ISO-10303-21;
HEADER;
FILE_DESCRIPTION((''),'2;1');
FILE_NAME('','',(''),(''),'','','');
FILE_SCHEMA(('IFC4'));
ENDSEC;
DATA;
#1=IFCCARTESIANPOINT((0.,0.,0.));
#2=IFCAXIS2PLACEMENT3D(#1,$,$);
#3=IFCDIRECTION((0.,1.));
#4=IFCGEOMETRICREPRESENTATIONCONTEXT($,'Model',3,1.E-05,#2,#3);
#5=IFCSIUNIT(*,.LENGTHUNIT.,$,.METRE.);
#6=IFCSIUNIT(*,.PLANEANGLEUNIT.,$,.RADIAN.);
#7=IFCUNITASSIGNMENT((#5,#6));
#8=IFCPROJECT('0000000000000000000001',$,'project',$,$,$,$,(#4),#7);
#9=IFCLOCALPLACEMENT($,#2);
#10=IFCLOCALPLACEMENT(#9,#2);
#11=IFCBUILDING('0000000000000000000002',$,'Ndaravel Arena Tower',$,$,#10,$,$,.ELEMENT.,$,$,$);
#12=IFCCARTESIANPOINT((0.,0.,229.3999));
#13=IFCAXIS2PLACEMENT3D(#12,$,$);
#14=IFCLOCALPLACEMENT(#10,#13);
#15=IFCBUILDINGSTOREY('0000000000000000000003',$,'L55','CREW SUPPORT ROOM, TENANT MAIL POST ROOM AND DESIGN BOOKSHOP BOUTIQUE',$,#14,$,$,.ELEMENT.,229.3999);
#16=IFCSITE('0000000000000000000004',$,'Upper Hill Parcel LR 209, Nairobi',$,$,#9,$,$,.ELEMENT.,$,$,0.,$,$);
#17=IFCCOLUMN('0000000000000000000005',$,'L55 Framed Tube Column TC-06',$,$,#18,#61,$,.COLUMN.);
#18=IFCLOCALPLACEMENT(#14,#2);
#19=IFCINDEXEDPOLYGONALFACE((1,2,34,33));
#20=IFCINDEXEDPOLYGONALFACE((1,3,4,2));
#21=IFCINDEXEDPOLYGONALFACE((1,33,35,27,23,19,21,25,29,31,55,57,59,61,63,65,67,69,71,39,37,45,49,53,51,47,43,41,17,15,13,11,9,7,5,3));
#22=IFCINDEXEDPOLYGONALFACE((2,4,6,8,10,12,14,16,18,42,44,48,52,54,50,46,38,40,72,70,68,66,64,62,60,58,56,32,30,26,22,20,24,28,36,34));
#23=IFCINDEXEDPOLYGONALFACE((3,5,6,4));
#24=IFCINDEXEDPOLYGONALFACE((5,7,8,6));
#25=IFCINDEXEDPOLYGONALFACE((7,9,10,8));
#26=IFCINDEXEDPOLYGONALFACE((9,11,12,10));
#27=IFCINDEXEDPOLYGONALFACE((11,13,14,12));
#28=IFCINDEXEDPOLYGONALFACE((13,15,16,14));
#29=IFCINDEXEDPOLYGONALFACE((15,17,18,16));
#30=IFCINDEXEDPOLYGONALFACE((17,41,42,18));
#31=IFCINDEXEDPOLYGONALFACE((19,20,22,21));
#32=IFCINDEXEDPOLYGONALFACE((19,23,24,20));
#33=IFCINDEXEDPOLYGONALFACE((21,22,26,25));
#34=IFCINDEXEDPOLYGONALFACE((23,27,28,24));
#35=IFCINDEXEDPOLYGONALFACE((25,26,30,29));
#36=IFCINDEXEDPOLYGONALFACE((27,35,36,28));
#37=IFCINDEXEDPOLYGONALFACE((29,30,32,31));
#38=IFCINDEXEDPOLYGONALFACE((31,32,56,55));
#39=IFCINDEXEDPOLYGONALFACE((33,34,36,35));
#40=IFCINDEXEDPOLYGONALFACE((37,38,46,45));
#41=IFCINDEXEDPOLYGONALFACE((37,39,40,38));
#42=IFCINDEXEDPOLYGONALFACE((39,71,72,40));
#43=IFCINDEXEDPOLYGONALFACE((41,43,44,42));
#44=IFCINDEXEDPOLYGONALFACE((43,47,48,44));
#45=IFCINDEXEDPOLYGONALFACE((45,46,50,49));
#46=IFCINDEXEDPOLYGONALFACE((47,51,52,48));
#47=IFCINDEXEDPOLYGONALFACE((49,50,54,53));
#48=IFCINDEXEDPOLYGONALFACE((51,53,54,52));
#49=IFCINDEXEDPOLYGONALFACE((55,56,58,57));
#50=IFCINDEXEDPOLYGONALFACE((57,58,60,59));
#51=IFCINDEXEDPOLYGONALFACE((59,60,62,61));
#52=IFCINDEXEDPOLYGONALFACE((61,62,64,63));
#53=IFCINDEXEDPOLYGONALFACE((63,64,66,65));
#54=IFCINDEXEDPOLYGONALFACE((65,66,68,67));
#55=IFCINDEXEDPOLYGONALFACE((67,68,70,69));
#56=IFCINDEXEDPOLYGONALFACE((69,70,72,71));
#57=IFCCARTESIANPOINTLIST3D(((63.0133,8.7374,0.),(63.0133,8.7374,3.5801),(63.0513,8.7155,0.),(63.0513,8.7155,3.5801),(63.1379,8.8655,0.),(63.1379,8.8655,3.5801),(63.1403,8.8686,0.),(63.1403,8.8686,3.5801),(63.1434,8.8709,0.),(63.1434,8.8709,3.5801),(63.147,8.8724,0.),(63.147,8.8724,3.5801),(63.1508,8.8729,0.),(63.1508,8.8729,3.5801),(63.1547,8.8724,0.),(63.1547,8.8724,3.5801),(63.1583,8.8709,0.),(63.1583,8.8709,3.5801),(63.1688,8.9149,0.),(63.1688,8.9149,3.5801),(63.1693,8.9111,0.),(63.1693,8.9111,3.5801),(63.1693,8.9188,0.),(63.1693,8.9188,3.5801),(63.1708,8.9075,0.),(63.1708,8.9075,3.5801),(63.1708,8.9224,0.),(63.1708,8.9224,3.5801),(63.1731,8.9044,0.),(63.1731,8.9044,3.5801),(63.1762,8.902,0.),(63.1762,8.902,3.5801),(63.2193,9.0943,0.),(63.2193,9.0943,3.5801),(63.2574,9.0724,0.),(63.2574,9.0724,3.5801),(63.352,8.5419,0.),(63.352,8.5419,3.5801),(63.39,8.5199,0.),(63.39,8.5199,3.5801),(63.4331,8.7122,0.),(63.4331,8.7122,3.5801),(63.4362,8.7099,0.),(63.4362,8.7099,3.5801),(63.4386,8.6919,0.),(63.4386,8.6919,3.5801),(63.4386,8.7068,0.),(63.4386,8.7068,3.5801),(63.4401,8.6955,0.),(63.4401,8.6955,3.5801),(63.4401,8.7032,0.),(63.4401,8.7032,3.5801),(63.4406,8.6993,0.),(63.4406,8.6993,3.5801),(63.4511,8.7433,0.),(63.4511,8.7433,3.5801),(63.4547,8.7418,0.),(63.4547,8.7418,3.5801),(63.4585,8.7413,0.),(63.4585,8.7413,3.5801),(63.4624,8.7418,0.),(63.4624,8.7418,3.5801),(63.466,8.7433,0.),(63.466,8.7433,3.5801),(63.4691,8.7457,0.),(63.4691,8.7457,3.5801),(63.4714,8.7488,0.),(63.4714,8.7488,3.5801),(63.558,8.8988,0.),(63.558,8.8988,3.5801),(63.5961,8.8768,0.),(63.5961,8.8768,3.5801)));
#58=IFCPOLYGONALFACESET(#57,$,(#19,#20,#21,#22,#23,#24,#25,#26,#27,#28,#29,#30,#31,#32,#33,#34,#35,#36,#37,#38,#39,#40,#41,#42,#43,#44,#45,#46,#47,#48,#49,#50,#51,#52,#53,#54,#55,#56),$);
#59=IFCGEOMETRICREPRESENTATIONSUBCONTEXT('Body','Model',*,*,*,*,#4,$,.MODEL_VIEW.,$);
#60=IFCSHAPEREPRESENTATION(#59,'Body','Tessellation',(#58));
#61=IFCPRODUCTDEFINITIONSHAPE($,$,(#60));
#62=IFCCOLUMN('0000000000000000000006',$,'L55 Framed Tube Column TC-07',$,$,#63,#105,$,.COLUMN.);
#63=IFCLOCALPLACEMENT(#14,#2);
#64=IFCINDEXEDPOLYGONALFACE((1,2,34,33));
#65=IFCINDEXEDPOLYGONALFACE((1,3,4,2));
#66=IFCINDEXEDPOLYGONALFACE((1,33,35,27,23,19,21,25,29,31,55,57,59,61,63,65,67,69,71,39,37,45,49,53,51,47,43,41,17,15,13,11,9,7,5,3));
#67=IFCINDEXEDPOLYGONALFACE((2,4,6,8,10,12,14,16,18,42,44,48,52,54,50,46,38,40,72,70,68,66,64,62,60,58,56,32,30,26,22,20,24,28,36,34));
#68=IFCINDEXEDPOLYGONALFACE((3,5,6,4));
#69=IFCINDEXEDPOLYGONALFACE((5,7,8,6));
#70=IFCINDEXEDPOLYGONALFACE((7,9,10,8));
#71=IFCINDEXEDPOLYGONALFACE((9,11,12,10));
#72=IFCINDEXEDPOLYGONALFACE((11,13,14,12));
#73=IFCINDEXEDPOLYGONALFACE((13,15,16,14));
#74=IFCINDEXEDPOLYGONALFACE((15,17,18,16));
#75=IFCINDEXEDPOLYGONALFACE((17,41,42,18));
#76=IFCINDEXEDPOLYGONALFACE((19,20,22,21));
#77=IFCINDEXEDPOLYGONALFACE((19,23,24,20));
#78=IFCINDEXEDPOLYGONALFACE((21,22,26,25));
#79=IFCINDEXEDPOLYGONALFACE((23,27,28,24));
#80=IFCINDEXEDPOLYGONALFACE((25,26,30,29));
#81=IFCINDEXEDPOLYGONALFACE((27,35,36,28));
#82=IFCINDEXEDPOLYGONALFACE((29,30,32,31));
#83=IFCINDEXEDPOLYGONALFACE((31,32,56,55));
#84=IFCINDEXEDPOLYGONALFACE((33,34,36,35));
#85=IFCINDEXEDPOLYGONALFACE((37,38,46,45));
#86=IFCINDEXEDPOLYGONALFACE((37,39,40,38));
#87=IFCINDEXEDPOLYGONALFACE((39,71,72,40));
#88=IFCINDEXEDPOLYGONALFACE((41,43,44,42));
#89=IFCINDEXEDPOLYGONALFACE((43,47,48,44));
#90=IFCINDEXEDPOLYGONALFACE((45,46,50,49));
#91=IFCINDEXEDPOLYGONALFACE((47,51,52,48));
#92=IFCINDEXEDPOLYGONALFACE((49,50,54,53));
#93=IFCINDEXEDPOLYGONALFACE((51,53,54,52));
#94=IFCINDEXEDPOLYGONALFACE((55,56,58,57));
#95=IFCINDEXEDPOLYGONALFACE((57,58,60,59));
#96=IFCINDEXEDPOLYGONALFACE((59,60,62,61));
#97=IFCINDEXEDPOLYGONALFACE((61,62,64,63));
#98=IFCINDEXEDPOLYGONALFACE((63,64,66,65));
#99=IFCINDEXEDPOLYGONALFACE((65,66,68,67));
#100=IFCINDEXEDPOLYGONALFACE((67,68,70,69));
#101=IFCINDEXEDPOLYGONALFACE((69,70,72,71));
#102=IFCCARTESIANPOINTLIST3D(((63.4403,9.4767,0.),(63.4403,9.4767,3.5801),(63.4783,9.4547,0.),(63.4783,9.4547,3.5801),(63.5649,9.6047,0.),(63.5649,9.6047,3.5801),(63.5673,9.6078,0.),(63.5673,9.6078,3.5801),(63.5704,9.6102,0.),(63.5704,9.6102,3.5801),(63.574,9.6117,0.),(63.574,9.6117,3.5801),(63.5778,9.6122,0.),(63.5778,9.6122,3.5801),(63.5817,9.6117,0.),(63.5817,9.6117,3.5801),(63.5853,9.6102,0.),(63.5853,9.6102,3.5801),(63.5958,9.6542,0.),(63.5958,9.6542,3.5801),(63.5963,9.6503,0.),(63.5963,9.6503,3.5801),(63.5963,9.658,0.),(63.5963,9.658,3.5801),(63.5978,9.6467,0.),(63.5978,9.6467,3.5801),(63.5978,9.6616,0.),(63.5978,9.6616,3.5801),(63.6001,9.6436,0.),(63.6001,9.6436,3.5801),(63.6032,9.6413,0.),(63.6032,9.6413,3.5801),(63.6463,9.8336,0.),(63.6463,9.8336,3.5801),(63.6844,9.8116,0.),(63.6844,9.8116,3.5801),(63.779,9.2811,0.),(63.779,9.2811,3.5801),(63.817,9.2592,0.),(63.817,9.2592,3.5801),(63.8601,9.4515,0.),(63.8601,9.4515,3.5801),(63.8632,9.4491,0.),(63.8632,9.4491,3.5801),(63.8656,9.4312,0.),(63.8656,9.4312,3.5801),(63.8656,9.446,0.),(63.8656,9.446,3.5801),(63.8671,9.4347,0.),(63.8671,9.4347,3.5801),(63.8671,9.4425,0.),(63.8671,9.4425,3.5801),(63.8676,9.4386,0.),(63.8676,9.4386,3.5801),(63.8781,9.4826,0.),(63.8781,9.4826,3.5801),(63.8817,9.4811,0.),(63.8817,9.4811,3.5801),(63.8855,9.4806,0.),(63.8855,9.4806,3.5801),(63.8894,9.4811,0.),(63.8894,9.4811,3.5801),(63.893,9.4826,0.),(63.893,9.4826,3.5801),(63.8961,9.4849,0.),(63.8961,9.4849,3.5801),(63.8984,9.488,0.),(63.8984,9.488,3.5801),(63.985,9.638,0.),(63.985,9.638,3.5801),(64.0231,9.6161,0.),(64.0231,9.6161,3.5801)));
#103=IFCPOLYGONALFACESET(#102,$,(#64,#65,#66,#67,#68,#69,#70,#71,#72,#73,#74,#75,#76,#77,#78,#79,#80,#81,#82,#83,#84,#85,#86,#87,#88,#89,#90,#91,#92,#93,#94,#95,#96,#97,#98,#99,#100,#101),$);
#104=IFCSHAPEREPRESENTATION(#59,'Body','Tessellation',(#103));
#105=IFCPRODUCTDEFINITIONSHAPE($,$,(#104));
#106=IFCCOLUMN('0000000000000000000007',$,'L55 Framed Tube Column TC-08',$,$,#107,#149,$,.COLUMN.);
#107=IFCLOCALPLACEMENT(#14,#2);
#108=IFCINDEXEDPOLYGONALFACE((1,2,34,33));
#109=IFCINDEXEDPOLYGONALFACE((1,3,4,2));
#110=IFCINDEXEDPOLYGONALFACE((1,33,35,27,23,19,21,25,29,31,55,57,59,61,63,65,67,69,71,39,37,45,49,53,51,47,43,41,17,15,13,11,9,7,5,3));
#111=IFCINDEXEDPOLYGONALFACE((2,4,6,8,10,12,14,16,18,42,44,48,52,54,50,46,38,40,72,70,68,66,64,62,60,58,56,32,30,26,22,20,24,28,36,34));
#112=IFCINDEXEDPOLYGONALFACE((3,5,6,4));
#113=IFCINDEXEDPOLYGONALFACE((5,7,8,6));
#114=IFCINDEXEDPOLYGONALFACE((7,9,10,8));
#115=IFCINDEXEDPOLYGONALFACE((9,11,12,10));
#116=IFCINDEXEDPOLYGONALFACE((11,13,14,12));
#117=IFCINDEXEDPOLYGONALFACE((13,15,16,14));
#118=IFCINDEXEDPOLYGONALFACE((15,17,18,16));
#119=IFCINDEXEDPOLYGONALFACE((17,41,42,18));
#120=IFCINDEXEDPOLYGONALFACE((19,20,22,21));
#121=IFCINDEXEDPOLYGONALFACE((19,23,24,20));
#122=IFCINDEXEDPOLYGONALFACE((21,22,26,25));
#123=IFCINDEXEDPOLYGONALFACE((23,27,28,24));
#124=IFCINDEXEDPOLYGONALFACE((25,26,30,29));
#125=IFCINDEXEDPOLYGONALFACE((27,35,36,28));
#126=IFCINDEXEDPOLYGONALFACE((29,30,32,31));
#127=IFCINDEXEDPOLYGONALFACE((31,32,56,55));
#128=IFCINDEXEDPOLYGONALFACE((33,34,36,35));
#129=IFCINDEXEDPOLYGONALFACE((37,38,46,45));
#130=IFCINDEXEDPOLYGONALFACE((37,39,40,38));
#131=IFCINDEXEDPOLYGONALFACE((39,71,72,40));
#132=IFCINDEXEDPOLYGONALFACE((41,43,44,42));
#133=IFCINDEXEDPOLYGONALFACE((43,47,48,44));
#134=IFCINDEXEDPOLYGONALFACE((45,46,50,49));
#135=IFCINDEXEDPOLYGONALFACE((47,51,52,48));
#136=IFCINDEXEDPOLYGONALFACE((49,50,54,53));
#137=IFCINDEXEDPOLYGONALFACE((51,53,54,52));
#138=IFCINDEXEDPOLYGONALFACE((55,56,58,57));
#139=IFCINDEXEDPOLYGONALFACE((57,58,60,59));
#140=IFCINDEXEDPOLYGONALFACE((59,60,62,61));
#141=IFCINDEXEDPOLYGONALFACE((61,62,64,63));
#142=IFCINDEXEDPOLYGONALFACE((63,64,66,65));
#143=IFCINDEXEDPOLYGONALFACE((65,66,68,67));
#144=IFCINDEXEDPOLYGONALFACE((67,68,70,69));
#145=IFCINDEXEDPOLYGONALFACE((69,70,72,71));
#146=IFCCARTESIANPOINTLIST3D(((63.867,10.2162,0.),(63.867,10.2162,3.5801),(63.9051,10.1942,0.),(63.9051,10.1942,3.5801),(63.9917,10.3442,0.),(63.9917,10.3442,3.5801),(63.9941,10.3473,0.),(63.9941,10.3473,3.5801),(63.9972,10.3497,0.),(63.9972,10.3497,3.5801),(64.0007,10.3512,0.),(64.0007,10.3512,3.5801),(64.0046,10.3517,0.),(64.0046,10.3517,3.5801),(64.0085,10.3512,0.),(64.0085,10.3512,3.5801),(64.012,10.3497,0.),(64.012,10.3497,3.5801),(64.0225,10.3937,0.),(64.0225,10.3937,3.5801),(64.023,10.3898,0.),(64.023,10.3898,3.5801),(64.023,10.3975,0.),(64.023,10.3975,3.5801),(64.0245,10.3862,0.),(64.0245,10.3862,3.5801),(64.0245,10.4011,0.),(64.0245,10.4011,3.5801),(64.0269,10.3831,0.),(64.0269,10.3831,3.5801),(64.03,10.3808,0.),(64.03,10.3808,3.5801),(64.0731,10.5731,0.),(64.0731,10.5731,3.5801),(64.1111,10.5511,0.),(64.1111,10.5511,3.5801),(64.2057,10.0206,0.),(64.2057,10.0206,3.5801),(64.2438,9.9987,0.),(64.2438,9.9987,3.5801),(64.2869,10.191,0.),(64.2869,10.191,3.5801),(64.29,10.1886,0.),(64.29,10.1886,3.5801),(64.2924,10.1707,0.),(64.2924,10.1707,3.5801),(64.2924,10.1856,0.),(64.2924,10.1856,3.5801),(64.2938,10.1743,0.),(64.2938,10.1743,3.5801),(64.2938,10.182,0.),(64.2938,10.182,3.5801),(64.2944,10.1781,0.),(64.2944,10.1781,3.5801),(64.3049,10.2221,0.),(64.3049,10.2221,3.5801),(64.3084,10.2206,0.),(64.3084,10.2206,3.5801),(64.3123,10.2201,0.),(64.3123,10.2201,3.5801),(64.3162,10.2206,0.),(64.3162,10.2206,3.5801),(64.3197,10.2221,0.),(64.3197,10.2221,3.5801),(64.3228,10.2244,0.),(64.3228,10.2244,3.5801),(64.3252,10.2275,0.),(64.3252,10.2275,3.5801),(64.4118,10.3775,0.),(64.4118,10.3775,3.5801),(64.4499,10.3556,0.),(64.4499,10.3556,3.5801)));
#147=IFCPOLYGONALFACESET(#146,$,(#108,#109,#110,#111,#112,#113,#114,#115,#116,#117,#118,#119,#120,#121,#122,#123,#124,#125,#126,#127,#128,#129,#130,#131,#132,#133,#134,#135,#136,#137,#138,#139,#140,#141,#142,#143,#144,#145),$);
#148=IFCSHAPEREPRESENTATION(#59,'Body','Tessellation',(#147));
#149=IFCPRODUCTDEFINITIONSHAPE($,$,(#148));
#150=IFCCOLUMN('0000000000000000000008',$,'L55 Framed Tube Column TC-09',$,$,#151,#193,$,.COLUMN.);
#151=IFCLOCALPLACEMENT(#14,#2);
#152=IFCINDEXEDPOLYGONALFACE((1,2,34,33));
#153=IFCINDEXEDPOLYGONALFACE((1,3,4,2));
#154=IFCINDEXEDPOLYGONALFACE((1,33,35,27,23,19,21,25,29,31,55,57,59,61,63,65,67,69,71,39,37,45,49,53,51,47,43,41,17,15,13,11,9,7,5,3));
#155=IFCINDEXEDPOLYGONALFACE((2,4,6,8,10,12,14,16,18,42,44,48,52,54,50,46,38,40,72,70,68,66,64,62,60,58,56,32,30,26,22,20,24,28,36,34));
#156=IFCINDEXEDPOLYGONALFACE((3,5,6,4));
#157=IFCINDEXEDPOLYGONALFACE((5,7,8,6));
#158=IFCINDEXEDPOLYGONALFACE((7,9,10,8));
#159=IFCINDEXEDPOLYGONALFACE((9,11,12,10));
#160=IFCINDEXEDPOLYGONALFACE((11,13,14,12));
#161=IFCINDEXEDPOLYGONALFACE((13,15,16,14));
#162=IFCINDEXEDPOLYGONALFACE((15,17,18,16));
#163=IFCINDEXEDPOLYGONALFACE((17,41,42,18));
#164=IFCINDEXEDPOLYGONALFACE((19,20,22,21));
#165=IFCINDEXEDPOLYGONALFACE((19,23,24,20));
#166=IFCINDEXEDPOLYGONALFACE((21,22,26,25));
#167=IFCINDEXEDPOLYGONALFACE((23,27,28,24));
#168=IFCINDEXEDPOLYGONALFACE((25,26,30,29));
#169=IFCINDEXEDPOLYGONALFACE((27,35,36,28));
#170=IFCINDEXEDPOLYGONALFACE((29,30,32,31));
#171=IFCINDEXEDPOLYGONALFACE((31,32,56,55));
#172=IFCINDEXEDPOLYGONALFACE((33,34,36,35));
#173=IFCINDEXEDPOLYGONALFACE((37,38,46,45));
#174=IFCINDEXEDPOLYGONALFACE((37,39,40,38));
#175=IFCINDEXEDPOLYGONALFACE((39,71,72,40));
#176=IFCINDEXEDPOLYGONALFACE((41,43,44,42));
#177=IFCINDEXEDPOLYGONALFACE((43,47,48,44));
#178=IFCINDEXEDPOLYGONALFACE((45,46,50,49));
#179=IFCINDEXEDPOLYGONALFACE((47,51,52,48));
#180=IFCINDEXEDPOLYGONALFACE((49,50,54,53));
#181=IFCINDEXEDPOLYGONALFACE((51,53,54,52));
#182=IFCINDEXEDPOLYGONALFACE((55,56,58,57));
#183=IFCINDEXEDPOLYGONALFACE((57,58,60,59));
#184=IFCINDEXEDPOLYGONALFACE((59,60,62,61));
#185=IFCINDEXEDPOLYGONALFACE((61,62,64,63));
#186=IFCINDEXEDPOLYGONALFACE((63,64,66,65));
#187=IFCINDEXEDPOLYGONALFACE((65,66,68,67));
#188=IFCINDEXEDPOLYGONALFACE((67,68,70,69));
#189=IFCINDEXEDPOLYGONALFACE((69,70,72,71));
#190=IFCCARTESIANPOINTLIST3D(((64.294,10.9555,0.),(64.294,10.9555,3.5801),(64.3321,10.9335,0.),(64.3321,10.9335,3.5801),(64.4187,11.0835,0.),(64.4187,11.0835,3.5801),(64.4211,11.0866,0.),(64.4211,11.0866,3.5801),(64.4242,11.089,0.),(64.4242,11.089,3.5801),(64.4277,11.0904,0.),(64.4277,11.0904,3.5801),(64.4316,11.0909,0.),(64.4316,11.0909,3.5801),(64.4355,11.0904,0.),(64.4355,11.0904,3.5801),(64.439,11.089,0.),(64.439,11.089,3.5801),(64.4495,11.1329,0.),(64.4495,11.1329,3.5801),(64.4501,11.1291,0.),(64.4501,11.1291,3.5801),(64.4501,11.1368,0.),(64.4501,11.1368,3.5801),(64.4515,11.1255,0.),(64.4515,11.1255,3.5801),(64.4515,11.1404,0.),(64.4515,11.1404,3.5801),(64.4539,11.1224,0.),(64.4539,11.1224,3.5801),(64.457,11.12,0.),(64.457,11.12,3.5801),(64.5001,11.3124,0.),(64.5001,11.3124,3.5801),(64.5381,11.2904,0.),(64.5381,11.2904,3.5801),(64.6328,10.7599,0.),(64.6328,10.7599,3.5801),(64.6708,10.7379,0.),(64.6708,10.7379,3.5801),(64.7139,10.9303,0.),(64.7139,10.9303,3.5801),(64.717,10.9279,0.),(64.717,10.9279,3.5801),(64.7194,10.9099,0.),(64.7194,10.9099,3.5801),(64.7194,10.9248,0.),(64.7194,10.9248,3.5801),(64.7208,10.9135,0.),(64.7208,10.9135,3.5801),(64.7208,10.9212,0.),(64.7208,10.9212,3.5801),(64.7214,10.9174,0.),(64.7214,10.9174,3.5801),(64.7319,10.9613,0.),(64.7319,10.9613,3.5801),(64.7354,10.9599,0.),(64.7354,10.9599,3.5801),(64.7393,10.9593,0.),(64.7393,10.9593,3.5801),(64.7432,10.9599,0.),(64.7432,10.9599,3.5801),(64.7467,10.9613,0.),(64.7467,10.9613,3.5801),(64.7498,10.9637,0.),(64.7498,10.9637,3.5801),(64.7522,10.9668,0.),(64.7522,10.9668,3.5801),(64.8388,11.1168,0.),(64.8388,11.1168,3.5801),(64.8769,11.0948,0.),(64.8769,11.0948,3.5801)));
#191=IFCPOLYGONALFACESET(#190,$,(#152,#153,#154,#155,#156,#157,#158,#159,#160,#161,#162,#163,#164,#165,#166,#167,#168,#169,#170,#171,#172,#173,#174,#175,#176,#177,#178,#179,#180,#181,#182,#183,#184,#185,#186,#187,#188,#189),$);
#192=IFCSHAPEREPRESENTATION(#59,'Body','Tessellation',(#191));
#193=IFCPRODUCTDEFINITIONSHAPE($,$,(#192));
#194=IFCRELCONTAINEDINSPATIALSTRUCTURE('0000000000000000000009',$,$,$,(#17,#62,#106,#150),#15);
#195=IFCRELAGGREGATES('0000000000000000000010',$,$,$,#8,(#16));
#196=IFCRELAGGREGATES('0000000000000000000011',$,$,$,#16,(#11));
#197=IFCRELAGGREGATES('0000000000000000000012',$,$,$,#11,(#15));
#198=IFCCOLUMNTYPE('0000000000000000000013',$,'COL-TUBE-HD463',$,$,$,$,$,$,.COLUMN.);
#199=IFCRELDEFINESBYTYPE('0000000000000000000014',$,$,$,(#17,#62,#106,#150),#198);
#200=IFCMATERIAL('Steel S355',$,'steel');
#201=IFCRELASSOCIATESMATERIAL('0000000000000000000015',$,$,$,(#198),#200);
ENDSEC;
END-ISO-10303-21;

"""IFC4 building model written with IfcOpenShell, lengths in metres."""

from ifc_helpers import new_model, si_unit, direction, frame, origin, origin_2d, place, context, subcontext, project, spatial, i_section, extrude, material, material_profile, profile_set, type_object, element, save


model = new_model("IFC4")

# Units and contexts
model_context = context("Model", 3, precision=1e-05, world=origin(), true_north=direction((0.0, 1.0)))
body_context = subcontext(model_context, "Body", "Model", "MODEL_VIEW")
ifc_project = project(units=[si_unit("LENGTHUNIT", "METRE"), si_unit("PLANEANGLEUNIT", "RADIAN")], contexts=[model_context])

# Site, building, storey
site_placement = place(None, origin())
site = spatial("IfcSite", under=ifc_project, at=site_placement, Name="Upper Hill Parcel LR 209, Nairobi", CompositionType="ELEMENT", RefElevation=0.0)
building_placement = place(site_placement, origin())
building = spatial("IfcBuilding", under=site, at=building_placement, Name="Ndaravel Arena Tower", CompositionType="ELEMENT")
storey_placement = place(building_placement, frame((0.0, 0.0, 229.3999)))
storey = spatial("IfcBuildingStorey", under=building, at=storey_placement, Name="L55", Description="CREW SUPPORT ROOM, TENANT MAIL POST ROOM AND DESIGN BOOKSHOP BOUTIQUE", CompositionType="ELEMENT", Elevation=229.3999)

# Columns
ifc_material_1 = material(Name="Steel S355", Category="steel")
ifc_material_profile_1 = material_profile(ifc_material_1, i_section(OverallWidth=0.4121, OverallDepth=0.4351, WebThickness=0.0359, FlangeThickness=0.0439, FilletRadius=0.0149, at=origin_2d()), Name="HD 400x463")
ifc_profile_set_1 = profile_set([ifc_material_profile_1], Name="Steel S355")
column_type = type_object("IfcColumnType", Name="COL-TUBE-HD463", PredefinedType="COLUMN", material=ifc_profile_set_1)
for number, where, z_axis, x_axis, name in (
    (1, (63.3047, 8.8071, 0.0), (0.0, 0.0, 1.0), (0.5, 0.866025, 0.0), "L55 Framed Tube Column TC-06"),
    (2, (63.7317, 9.5464, 0.0), (0.0, 0.0, 1.0), (0.5, 0.866025, 0.0), "L55 Framed Tube Column TC-07"),
    (3, (64.1584, 10.2859, 0.0), (0.0, 0.0, 1.0), (0.5, 0.866025, 0.0), "L55 Framed Tube Column TC-08"),
    (4, (64.5854, 11.0251, 0.0), (0.0, 0.0, 1.0), (0.5, 0.866025, 0.0), "L55 Framed Tube Column TC-09"),
):
    element("IfcColumn", number, at=place(storey_placement, frame(where, z_axis=z_axis, x_axis=x_axis)), inside=storey, type_object=column_type, Name=name, PredefinedType="COLUMN", context=body_context, shape_type="SweptSolid", body=[
        extrude(i_section(OverallWidth=0.4121, OverallDepth=0.4351, WebThickness=0.0359, FlangeThickness=0.0439, FilletRadius=0.0149, at=origin_2d()), origin(), (0.0, 0.0, 1.0), 3.5801),
    ])

save(model, "model.ifc")
